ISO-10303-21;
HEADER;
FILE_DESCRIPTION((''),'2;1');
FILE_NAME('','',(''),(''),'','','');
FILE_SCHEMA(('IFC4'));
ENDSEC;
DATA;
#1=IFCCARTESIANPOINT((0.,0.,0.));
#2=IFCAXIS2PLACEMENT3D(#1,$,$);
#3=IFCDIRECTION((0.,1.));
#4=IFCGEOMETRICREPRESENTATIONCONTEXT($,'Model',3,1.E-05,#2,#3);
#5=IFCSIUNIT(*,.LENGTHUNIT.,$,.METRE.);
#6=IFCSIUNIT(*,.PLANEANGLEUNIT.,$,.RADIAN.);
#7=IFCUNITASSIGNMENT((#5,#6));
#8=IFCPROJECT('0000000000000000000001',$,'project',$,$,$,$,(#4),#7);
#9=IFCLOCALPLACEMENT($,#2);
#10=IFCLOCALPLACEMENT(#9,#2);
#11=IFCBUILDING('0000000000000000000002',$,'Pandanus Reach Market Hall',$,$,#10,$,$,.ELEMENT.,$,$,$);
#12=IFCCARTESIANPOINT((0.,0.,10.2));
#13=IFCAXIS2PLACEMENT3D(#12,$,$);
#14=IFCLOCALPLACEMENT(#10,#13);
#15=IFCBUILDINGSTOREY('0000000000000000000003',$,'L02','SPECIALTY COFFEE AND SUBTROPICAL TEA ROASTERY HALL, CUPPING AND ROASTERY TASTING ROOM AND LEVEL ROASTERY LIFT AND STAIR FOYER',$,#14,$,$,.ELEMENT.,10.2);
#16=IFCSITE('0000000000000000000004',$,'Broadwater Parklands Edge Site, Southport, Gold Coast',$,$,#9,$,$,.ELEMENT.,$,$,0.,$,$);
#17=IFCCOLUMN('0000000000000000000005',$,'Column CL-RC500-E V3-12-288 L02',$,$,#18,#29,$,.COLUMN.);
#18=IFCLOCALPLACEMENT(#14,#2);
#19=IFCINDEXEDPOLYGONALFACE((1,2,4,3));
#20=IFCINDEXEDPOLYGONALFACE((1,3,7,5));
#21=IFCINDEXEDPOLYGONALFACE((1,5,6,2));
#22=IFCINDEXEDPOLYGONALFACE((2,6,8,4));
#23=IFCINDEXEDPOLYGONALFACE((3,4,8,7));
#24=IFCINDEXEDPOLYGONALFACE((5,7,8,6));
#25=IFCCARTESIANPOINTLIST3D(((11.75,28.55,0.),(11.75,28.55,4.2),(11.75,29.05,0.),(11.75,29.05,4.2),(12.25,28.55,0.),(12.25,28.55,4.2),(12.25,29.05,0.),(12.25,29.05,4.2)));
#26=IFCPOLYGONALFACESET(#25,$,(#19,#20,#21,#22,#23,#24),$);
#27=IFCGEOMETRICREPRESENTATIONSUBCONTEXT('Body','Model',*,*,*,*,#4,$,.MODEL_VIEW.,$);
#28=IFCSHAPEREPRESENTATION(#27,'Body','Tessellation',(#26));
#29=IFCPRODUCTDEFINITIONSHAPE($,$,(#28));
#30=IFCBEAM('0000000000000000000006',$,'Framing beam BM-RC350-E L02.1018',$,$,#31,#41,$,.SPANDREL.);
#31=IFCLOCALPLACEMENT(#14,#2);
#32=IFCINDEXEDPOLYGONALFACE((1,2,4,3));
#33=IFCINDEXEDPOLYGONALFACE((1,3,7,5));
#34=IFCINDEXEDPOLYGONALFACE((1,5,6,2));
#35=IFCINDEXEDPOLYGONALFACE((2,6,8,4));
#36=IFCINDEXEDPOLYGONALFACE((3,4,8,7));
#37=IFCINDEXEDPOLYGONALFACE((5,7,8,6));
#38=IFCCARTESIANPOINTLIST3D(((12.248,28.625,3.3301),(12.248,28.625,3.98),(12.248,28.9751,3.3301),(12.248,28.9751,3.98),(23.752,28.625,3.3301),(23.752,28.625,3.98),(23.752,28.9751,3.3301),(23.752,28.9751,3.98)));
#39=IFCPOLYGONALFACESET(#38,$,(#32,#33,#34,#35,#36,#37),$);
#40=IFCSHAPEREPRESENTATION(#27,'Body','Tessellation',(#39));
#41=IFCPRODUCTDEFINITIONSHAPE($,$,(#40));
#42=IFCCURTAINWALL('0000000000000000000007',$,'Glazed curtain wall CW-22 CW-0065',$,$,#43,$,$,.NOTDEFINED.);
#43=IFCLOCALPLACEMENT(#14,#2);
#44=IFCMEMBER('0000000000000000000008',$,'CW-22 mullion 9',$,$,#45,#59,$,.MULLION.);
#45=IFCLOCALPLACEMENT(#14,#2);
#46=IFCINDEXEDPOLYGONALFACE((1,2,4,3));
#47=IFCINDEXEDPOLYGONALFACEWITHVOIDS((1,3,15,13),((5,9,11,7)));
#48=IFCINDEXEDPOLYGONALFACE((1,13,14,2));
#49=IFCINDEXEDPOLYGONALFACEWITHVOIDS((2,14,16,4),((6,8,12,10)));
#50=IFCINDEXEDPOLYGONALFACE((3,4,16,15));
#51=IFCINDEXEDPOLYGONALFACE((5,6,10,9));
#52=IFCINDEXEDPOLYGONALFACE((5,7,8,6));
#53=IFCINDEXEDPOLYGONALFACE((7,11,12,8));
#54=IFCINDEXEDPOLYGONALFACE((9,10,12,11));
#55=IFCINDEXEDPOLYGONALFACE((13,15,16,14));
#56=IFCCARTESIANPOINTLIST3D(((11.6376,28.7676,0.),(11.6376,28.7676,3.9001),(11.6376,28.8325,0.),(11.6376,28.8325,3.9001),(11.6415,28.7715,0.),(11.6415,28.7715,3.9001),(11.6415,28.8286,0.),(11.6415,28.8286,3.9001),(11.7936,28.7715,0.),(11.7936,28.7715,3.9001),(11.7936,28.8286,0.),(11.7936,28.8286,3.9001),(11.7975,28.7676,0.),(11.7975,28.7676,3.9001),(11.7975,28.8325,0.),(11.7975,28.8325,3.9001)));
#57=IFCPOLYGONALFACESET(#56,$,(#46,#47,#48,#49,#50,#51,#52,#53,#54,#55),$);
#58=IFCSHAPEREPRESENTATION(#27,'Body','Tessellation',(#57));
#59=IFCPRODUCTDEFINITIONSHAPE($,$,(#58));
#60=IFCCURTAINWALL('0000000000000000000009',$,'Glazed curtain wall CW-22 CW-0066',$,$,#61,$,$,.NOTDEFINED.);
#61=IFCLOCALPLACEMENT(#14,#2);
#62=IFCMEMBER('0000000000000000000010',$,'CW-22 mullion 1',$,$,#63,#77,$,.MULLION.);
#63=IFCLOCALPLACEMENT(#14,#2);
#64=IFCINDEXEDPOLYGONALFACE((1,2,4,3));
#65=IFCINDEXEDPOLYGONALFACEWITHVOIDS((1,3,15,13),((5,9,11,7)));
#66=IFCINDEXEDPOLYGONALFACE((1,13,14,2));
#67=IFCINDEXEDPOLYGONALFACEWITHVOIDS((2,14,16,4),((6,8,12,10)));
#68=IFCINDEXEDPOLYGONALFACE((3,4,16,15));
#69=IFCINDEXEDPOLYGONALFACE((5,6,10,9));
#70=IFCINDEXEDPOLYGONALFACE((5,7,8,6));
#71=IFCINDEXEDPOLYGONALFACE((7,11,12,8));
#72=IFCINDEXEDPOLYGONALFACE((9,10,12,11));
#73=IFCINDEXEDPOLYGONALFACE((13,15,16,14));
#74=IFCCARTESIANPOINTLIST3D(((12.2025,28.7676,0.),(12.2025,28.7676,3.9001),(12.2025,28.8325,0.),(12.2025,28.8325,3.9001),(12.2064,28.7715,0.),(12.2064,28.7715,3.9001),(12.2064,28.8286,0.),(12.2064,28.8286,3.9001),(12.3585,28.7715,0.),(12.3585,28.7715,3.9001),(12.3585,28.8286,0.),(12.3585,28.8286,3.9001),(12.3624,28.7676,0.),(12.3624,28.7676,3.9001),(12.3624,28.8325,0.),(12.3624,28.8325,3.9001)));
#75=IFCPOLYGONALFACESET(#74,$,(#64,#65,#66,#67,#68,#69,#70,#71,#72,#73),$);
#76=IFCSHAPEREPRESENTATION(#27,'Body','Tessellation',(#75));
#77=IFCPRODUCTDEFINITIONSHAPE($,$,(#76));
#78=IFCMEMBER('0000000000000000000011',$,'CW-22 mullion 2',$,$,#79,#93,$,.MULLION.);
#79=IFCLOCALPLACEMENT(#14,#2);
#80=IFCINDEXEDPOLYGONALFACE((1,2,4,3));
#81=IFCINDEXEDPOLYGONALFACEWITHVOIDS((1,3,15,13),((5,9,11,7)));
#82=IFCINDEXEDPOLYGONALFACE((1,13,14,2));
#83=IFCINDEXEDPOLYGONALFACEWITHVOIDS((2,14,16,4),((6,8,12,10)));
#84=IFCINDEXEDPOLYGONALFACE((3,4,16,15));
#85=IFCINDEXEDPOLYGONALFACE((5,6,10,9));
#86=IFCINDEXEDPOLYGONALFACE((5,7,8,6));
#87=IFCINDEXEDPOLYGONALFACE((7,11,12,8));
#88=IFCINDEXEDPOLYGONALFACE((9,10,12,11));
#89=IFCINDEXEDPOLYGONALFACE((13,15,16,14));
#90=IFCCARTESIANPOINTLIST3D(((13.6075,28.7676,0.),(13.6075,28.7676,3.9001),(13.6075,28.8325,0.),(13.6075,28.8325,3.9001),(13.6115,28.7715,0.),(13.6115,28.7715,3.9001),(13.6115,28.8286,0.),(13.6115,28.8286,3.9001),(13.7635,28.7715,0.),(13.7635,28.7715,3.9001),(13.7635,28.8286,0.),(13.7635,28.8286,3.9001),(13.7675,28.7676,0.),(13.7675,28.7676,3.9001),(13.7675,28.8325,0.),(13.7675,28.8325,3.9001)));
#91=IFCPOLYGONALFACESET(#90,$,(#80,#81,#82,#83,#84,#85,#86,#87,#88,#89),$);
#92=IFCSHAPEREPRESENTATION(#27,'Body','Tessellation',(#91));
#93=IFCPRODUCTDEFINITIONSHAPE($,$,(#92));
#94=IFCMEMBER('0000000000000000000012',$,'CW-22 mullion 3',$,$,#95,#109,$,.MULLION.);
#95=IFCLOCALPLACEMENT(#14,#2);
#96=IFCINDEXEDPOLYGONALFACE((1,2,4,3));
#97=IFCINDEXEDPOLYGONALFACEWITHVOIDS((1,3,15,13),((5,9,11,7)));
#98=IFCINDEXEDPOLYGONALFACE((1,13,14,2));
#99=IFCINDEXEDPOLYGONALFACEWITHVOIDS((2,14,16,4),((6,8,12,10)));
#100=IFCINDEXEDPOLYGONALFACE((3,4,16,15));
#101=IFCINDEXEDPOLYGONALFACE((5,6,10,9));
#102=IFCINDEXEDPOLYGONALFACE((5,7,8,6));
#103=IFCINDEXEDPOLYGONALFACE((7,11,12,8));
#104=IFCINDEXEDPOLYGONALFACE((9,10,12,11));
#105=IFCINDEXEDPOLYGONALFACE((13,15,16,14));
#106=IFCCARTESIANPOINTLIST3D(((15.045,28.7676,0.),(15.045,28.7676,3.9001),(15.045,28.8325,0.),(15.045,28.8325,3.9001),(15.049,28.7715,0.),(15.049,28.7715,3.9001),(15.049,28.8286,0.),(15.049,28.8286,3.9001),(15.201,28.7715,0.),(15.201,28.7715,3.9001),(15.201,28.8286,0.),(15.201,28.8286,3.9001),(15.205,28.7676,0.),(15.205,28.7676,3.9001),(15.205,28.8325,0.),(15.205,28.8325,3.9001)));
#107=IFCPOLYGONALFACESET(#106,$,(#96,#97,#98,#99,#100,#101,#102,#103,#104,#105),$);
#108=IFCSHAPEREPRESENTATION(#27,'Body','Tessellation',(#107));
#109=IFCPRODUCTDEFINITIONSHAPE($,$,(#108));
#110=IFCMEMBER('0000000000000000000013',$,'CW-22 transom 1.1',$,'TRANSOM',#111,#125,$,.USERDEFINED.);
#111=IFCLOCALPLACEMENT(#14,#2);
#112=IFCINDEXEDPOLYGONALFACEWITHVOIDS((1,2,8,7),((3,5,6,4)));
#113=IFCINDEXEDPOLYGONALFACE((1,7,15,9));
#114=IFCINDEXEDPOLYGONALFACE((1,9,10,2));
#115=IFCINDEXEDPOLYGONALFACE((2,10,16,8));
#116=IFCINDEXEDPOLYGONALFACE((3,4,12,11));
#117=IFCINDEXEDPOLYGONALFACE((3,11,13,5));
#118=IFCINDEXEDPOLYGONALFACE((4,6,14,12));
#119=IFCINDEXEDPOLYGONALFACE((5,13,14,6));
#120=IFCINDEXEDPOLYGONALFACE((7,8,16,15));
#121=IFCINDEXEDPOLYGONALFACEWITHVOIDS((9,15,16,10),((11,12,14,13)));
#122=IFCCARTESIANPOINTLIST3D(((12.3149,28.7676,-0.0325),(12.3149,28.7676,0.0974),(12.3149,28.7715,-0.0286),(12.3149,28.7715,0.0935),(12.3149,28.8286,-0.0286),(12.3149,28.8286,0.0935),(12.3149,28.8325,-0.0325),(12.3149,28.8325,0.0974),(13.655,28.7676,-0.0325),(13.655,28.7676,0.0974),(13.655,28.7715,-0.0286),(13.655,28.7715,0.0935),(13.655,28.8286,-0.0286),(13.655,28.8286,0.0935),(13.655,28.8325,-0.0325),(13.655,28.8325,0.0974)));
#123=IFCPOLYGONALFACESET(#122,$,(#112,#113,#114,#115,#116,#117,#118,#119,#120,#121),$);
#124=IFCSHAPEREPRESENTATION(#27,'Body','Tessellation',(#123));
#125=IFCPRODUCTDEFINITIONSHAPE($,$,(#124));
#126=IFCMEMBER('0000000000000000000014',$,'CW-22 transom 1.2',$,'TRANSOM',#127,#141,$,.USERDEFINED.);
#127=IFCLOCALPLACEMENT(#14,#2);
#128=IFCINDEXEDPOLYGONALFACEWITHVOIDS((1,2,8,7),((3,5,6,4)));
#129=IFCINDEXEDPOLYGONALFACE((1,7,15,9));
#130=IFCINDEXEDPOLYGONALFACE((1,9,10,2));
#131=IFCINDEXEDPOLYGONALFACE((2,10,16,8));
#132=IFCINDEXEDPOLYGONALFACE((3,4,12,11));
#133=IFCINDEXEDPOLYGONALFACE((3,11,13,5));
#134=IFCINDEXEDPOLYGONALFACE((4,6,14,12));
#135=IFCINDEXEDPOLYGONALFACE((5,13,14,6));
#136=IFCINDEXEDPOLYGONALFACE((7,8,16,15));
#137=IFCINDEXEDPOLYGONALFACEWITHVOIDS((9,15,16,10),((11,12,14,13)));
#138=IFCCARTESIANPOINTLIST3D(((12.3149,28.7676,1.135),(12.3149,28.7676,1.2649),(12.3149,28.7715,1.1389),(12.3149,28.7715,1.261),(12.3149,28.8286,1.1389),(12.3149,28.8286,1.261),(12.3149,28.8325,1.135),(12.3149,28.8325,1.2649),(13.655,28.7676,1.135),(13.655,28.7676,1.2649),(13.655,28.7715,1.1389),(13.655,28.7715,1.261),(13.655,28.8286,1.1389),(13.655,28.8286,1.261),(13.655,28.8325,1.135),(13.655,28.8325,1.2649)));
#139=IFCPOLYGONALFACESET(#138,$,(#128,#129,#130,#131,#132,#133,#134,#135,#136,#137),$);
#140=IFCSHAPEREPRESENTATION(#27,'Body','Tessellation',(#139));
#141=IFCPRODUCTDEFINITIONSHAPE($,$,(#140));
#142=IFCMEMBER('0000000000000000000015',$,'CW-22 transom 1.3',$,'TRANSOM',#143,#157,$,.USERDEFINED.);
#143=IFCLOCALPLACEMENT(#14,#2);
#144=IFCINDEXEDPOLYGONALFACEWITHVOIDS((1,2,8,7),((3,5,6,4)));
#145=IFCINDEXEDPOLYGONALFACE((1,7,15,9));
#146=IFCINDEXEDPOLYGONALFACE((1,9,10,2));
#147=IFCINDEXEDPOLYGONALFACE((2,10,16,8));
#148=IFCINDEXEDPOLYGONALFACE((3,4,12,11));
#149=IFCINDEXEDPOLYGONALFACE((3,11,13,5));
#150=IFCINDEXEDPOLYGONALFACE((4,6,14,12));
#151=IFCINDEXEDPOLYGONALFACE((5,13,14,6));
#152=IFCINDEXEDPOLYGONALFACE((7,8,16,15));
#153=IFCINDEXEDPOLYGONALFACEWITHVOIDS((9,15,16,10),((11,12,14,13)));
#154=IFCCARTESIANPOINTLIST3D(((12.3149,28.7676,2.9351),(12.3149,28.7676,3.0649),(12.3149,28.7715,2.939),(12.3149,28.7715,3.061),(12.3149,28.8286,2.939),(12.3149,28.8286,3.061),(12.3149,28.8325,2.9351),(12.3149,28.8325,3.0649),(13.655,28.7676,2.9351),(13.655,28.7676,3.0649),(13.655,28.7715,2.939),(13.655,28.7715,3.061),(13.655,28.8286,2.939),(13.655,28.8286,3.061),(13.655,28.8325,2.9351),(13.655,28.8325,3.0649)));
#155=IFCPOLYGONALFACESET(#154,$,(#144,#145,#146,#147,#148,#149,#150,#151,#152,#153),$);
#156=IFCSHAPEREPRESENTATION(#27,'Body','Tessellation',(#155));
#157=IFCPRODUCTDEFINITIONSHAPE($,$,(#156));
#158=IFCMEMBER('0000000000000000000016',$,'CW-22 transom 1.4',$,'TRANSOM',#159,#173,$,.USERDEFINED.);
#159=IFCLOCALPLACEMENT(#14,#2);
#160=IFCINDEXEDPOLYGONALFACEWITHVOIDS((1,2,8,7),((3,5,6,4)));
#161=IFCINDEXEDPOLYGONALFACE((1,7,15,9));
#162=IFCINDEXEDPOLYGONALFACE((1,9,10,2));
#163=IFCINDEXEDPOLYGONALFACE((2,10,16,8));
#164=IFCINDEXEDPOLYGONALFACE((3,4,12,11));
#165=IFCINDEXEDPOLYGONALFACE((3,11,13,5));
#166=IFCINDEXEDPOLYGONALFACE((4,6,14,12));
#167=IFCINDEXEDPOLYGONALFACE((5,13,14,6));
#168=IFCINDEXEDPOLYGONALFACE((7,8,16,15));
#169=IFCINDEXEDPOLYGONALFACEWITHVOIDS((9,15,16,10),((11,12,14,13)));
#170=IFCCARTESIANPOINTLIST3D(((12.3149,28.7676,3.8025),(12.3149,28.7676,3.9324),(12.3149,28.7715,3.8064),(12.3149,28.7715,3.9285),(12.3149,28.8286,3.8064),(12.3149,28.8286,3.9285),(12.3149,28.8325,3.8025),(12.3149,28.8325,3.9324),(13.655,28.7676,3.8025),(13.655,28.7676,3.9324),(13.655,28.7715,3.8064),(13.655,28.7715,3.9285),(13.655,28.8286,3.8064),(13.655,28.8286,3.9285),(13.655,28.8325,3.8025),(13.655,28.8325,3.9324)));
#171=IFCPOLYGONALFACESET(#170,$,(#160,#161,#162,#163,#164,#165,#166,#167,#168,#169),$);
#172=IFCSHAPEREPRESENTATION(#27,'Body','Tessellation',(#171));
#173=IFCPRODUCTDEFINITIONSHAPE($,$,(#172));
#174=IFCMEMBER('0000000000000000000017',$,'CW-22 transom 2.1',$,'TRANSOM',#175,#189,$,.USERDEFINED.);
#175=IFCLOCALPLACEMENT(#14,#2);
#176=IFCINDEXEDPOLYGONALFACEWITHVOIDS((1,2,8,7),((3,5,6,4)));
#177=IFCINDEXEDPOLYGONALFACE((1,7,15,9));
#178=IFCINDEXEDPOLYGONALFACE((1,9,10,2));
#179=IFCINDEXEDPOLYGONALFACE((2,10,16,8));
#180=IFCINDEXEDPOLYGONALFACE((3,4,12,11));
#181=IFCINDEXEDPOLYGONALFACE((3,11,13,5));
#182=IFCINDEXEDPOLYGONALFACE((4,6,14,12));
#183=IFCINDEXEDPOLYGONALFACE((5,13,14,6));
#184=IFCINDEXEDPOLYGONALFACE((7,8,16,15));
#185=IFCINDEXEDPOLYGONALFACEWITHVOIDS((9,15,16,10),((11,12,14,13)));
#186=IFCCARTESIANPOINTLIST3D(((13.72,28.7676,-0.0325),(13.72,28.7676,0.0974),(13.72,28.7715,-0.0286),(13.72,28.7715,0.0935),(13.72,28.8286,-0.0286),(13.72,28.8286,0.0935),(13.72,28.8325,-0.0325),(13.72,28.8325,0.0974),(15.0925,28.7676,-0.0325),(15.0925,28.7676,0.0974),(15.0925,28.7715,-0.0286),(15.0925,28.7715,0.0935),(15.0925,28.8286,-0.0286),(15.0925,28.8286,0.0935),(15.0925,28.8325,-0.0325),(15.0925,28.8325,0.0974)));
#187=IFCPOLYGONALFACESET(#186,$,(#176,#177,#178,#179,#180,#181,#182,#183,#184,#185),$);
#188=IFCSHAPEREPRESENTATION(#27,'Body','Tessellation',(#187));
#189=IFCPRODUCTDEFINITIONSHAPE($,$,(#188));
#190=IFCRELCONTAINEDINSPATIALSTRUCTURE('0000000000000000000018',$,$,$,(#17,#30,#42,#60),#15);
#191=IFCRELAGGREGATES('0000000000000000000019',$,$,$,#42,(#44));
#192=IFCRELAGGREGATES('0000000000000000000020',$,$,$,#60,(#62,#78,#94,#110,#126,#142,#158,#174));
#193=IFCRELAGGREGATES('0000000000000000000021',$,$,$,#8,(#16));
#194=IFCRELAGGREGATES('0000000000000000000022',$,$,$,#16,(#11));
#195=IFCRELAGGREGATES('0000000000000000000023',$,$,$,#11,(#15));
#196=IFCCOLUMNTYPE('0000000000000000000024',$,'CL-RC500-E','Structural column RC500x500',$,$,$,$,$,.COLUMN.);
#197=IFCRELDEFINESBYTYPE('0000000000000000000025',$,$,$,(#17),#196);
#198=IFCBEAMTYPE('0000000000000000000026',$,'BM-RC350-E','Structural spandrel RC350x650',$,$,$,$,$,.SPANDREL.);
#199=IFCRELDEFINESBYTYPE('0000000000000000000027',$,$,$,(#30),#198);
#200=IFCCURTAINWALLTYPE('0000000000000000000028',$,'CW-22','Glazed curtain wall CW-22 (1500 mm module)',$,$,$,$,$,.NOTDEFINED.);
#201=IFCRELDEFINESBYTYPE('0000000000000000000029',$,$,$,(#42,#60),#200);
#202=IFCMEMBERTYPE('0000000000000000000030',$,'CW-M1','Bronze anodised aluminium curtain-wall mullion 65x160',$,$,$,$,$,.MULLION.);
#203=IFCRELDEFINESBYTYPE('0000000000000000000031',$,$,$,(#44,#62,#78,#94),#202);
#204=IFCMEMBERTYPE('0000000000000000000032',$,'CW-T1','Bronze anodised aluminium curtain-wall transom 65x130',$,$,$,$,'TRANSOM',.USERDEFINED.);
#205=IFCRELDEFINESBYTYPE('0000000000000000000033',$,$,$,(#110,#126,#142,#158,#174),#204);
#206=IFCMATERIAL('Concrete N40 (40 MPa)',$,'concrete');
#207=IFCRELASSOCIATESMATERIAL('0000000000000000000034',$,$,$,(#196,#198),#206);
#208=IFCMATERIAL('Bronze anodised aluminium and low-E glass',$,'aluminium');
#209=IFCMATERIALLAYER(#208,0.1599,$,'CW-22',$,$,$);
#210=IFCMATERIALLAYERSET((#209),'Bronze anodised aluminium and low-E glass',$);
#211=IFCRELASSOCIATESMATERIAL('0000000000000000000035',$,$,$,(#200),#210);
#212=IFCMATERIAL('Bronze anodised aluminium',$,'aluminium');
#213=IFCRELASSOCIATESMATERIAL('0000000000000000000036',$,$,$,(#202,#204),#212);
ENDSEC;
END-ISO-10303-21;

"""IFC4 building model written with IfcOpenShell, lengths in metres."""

from ifc_helpers import new_model, si_unit, direction, frame, origin, origin_2d, place, context, subcontext, project, spatial, rectangle, hollow_rectangle, extrude, material, layer, layer_set, material_profile, profile_set, type_object, element, aggregate, save


model = new_model("IFC4")

# Units and contexts
model_context = context("Model", 3, precision=1e-05, world=origin(), true_north=direction((0.0, 1.0)))
body_context = subcontext(model_context, "Body", "Model", "MODEL_VIEW")
ifc_project = project(units=[si_unit("LENGTHUNIT", "METRE"), si_unit("PLANEANGLEUNIT", "RADIAN")], contexts=[model_context])

# Site, building, storey
site_placement = place(None, origin())
site = spatial("IfcSite", under=ifc_project, at=site_placement, Name="Broadwater Parklands Edge Site, Southport, Gold Coast", CompositionType="ELEMENT", RefElevation=0.0)
building_placement = place(site_placement, origin())
building = spatial("IfcBuilding", under=site, at=building_placement, Name="Pandanus Reach Market Hall", CompositionType="ELEMENT")
storey_placement = place(building_placement, frame((0.0, 0.0, 10.2)))
storey = spatial("IfcBuildingStorey", under=building, at=storey_placement, Name="L02", Description="SPECIALTY COFFEE AND SUBTROPICAL TEA ROASTERY HALL, CUPPING AND ROASTERY TASTING ROOM AND LEVEL ROASTERY LIFT AND STAIR FOYER", CompositionType="ELEMENT", Elevation=10.2)

# Column
ifc_material_1 = material(Name="Concrete N40 (40 MPa)", Category="concrete")
ifc_material_profile_1 = material_profile(ifc_material_1, rectangle(XDim=0.5, YDim=0.5, at=origin_2d()), Name="RC500x500", Category="LoadBearing")
ifc_profile_set_1 = profile_set([ifc_material_profile_1], Name="Concrete N40 (40 MPa)")
column_type = type_object("IfcColumnType", Name="CL-RC500-E", Description="Structural column RC500x500", PredefinedType="COLUMN", material=ifc_profile_set_1)
column_placement = place(storey_placement, frame((12.0, 28.8, 0.0), z_axis=(0.0, 0.0, 1.0), x_axis=(1.0, 0.0, 0.0)))
element("IfcColumn", 1, at=column_placement, inside=storey, type_object=column_type, Name="Column CL-RC500-E V3-12-288 L02", PredefinedType="COLUMN", context=body_context, shape_type="SweptSolid", body=[
    extrude(rectangle(XDim=0.5, YDim=0.5, at=origin_2d()), origin(), (0.0, 0.0, 1.0), 4.2),
])

# Beam
ifc_material_profile_2 = material_profile(ifc_material_1, rectangle(XDim=0.3501, YDim=0.6499, at=origin_2d()), Name="RC350x650", Category="LoadBearing")
ifc_profile_set_2 = profile_set([ifc_material_profile_2], Name="Concrete N40 (40 MPa)")
beam_type = type_object("IfcBeamType", Name="BM-RC350-E", Description="Structural spandrel RC350x650", PredefinedType="SPANDREL", material=ifc_profile_set_2)
beam_placement = place(storey_placement, frame((12.248, 28.8, 3.655), z_axis=(1.0, 0.0, 0.0), x_axis=(0.0, 1.0, 0.0)))
element("IfcBeam", 2, at=beam_placement, inside=storey, type_object=beam_type, Name="Framing beam BM-RC350-E L02.1018", PredefinedType="SPANDREL", context=body_context, shape_type="SweptSolid", body=[
    extrude(rectangle(XDim=0.3501, YDim=0.6499, at=origin_2d()), origin(), (0.0, 0.0, 1.0), 11.5039),
])

# Curtain wall, member
ifc_material_2 = material(Name="Bronze anodised aluminium and low-E glass", Category="aluminium")
ifc_layer_1 = layer(ifc_material_2, 0.1599, Name="CW-22")
ifc_layer_set_1 = layer_set([ifc_layer_1], Name="Bronze anodised aluminium and low-E glass")
curtain_wall_type = type_object("IfcCurtainWallType", Name="CW-22", Description="Glazed curtain wall CW-22 (1500 mm module)", PredefinedType="NOTDEFINED", material=ifc_layer_set_1)
curtain_wall_1_placement = place(storey_placement, origin())
curtain_wall_1 = element("IfcCurtainWall", 3, at=curtain_wall_1_placement, inside=storey, type_object=curtain_wall_type, Name="Glazed curtain wall CW-22 CW-0065", PredefinedType="NOTDEFINED")
ifc_material_3 = material(Name="Bronze anodised aluminium", Category="aluminium")
ifc_material_profile_3 = material_profile(ifc_material_3, hollow_rectangle(XDim=0.0649, YDim=0.1599, WallThickness=0.0039, at=origin_2d()), Name="ALU65x160", Category="LoadBearing")
ifc_profile_set_3 = profile_set([ifc_material_profile_3], Name="Bronze anodised aluminium")
member_type_1 = type_object("IfcMemberType", Name="CW-M1", Description="Bronze anodised aluminium curtain-wall mullion 65x160", PredefinedType="MULLION", material=ifc_profile_set_3)
member_1_placement = place(storey_placement, frame((11.7175, 28.8, 0.0), z_axis=(0.0, 0.0, 1.0), x_axis=(0.0, 1.0, 0.0)))
member_1 = element("IfcMember", 4, at=member_1_placement, type_object=member_type_1, Name="CW-22 mullion 9", PredefinedType="MULLION", context=body_context, shape_type="SweptSolid", body=[
    extrude(hollow_rectangle(XDim=0.0649, YDim=0.1599, WallThickness=0.0039, at=origin_2d()), origin(), (0.0, 0.0, 1.0), 3.9001),
])

# Curtain wall, members
curtain_wall_2_placement = place(storey_placement, origin())
curtain_wall_2 = element("IfcCurtainWall", 5, at=curtain_wall_2_placement, inside=storey, type_object=curtain_wall_type, Name="Glazed curtain wall CW-22 CW-0066", PredefinedType="NOTDEFINED")
member_2_placement = place(storey_placement, frame((12.2825, 28.8, 0.0), z_axis=(0.0, 0.0, 1.0), x_axis=(0.0, 1.0, 0.0)))
member_2 = element("IfcMember", 6, at=member_2_placement, type_object=member_type_1, Name="CW-22 mullion 1", PredefinedType="MULLION", context=body_context, shape_type="SweptSolid", body=[
    extrude(hollow_rectangle(XDim=0.0649, YDim=0.1599, WallThickness=0.0039, at=origin_2d()), origin(), (0.0, 0.0, 1.0), 3.9001),
])
member_3_placement = place(storey_placement, frame((13.6875, 28.8, 0.0), z_axis=(0.0, 0.0, 1.0), x_axis=(0.0, 1.0, 0.0)))
member_3 = element("IfcMember", 7, at=member_3_placement, type_object=member_type_1, Name="CW-22 mullion 2", PredefinedType="MULLION", context=body_context, shape_type="SweptSolid", body=[
    extrude(hollow_rectangle(XDim=0.0649, YDim=0.1599, WallThickness=0.0039, at=origin_2d()), origin(), (0.0, 0.0, 1.0), 3.9001),
])
member_4_placement = place(storey_placement, frame((15.125, 28.8, 0.0), z_axis=(0.0, 0.0, 1.0), x_axis=(0.0, 1.0, 0.0)))
member_4 = element("IfcMember", 8, at=member_4_placement, type_object=member_type_1, Name="CW-22 mullion 3", PredefinedType="MULLION", context=body_context, shape_type="SweptSolid", body=[
    extrude(hollow_rectangle(XDim=0.0649, YDim=0.1599, WallThickness=0.0039, at=origin_2d()), origin(), (0.0, 0.0, 1.0), 3.9001),
])
ifc_material_profile_4 = material_profile(ifc_material_3, hollow_rectangle(XDim=0.0649, YDim=0.1299, WallThickness=0.0039, at=origin_2d()), Name="ALU65x130", Category="LoadBearing")
ifc_profile_set_4 = profile_set([ifc_material_profile_4], Name="Bronze anodised aluminium")
member_type_2 = type_object("IfcMemberType", Name="CW-T1", Description="Bronze anodised aluminium curtain-wall transom 65x130", ElementType="TRANSOM", PredefinedType="USERDEFINED", material=ifc_profile_set_4)
member_5_placement = place(storey_placement, frame((12.3149, 28.8, 0.0325), z_axis=(1.0, 0.0, 0.0), x_axis=(0.0, 1.0, 0.0)))
member_5 = element("IfcMember", 9, at=member_5_placement, type_object=member_type_2, Name="CW-22 transom 1.1", ObjectType="TRANSOM", PredefinedType="USERDEFINED", context=body_context, shape_type="SweptSolid", body=[
    extrude(hollow_rectangle(XDim=0.0649, YDim=0.1299, WallThickness=0.0039, at=origin_2d()), origin(), (0.0, 0.0, 1.0), 1.3401),
])
member_6_placement = place(storey_placement, frame((12.3149, 28.8, 1.2), z_axis=(1.0, 0.0, 0.0), x_axis=(0.0, 1.0, 0.0)))
member_6 = element("IfcMember", 10, at=member_6_placement, type_object=member_type_2, Name="CW-22 transom 1.2", ObjectType="TRANSOM", PredefinedType="USERDEFINED", context=body_context, shape_type="SweptSolid", body=[
    extrude(hollow_rectangle(XDim=0.0649, YDim=0.1299, WallThickness=0.0039, at=origin_2d()), origin(), (0.0, 0.0, 1.0), 1.3401),
])
member_7_placement = place(storey_placement, frame((12.3149, 28.8, 3.0), z_axis=(1.0, 0.0, 0.0), x_axis=(0.0, 1.0, 0.0)))
member_7 = element("IfcMember", 11, at=member_7_placement, type_object=member_type_2, Name="CW-22 transom 1.3", ObjectType="TRANSOM", PredefinedType="USERDEFINED", context=body_context, shape_type="SweptSolid", body=[
    extrude(hollow_rectangle(XDim=0.0649, YDim=0.1299, WallThickness=0.0039, at=origin_2d()), origin(), (0.0, 0.0, 1.0), 1.3401),
])
member_8_placement = place(storey_placement, frame((12.3149, 28.8, 3.8674), z_axis=(1.0, 0.0, 0.0), x_axis=(0.0, 1.0, 0.0)))
member_8 = element("IfcMember", 12, at=member_8_placement, type_object=member_type_2, Name="CW-22 transom 1.4", ObjectType="TRANSOM", PredefinedType="USERDEFINED", context=body_context, shape_type="SweptSolid", body=[
    extrude(hollow_rectangle(XDim=0.0649, YDim=0.1299, WallThickness=0.0039, at=origin_2d()), origin(), (0.0, 0.0, 1.0), 1.3401),
])
member_9_placement = place(storey_placement, frame((13.72, 28.8, 0.0325), z_axis=(1.0, 0.0, 0.0), x_axis=(0.0, 1.0, 0.0)))
member_9 = element("IfcMember", 13, at=member_9_placement, type_object=member_type_2, Name="CW-22 transom 2.1", ObjectType="TRANSOM", PredefinedType="USERDEFINED", context=body_context, shape_type="SweptSolid", body=[
    extrude(hollow_rectangle(XDim=0.0649, YDim=0.1299, WallThickness=0.0039, at=origin_2d()), origin(), (0.0, 0.0, 1.0), 1.3726),
])

aggregate(curtain_wall_1, [member_1])
aggregate(curtain_wall_2, [member_2, member_3, member_4, member_5, member_6, member_7, member_8, member_9])

save(model, "model.ifc")
